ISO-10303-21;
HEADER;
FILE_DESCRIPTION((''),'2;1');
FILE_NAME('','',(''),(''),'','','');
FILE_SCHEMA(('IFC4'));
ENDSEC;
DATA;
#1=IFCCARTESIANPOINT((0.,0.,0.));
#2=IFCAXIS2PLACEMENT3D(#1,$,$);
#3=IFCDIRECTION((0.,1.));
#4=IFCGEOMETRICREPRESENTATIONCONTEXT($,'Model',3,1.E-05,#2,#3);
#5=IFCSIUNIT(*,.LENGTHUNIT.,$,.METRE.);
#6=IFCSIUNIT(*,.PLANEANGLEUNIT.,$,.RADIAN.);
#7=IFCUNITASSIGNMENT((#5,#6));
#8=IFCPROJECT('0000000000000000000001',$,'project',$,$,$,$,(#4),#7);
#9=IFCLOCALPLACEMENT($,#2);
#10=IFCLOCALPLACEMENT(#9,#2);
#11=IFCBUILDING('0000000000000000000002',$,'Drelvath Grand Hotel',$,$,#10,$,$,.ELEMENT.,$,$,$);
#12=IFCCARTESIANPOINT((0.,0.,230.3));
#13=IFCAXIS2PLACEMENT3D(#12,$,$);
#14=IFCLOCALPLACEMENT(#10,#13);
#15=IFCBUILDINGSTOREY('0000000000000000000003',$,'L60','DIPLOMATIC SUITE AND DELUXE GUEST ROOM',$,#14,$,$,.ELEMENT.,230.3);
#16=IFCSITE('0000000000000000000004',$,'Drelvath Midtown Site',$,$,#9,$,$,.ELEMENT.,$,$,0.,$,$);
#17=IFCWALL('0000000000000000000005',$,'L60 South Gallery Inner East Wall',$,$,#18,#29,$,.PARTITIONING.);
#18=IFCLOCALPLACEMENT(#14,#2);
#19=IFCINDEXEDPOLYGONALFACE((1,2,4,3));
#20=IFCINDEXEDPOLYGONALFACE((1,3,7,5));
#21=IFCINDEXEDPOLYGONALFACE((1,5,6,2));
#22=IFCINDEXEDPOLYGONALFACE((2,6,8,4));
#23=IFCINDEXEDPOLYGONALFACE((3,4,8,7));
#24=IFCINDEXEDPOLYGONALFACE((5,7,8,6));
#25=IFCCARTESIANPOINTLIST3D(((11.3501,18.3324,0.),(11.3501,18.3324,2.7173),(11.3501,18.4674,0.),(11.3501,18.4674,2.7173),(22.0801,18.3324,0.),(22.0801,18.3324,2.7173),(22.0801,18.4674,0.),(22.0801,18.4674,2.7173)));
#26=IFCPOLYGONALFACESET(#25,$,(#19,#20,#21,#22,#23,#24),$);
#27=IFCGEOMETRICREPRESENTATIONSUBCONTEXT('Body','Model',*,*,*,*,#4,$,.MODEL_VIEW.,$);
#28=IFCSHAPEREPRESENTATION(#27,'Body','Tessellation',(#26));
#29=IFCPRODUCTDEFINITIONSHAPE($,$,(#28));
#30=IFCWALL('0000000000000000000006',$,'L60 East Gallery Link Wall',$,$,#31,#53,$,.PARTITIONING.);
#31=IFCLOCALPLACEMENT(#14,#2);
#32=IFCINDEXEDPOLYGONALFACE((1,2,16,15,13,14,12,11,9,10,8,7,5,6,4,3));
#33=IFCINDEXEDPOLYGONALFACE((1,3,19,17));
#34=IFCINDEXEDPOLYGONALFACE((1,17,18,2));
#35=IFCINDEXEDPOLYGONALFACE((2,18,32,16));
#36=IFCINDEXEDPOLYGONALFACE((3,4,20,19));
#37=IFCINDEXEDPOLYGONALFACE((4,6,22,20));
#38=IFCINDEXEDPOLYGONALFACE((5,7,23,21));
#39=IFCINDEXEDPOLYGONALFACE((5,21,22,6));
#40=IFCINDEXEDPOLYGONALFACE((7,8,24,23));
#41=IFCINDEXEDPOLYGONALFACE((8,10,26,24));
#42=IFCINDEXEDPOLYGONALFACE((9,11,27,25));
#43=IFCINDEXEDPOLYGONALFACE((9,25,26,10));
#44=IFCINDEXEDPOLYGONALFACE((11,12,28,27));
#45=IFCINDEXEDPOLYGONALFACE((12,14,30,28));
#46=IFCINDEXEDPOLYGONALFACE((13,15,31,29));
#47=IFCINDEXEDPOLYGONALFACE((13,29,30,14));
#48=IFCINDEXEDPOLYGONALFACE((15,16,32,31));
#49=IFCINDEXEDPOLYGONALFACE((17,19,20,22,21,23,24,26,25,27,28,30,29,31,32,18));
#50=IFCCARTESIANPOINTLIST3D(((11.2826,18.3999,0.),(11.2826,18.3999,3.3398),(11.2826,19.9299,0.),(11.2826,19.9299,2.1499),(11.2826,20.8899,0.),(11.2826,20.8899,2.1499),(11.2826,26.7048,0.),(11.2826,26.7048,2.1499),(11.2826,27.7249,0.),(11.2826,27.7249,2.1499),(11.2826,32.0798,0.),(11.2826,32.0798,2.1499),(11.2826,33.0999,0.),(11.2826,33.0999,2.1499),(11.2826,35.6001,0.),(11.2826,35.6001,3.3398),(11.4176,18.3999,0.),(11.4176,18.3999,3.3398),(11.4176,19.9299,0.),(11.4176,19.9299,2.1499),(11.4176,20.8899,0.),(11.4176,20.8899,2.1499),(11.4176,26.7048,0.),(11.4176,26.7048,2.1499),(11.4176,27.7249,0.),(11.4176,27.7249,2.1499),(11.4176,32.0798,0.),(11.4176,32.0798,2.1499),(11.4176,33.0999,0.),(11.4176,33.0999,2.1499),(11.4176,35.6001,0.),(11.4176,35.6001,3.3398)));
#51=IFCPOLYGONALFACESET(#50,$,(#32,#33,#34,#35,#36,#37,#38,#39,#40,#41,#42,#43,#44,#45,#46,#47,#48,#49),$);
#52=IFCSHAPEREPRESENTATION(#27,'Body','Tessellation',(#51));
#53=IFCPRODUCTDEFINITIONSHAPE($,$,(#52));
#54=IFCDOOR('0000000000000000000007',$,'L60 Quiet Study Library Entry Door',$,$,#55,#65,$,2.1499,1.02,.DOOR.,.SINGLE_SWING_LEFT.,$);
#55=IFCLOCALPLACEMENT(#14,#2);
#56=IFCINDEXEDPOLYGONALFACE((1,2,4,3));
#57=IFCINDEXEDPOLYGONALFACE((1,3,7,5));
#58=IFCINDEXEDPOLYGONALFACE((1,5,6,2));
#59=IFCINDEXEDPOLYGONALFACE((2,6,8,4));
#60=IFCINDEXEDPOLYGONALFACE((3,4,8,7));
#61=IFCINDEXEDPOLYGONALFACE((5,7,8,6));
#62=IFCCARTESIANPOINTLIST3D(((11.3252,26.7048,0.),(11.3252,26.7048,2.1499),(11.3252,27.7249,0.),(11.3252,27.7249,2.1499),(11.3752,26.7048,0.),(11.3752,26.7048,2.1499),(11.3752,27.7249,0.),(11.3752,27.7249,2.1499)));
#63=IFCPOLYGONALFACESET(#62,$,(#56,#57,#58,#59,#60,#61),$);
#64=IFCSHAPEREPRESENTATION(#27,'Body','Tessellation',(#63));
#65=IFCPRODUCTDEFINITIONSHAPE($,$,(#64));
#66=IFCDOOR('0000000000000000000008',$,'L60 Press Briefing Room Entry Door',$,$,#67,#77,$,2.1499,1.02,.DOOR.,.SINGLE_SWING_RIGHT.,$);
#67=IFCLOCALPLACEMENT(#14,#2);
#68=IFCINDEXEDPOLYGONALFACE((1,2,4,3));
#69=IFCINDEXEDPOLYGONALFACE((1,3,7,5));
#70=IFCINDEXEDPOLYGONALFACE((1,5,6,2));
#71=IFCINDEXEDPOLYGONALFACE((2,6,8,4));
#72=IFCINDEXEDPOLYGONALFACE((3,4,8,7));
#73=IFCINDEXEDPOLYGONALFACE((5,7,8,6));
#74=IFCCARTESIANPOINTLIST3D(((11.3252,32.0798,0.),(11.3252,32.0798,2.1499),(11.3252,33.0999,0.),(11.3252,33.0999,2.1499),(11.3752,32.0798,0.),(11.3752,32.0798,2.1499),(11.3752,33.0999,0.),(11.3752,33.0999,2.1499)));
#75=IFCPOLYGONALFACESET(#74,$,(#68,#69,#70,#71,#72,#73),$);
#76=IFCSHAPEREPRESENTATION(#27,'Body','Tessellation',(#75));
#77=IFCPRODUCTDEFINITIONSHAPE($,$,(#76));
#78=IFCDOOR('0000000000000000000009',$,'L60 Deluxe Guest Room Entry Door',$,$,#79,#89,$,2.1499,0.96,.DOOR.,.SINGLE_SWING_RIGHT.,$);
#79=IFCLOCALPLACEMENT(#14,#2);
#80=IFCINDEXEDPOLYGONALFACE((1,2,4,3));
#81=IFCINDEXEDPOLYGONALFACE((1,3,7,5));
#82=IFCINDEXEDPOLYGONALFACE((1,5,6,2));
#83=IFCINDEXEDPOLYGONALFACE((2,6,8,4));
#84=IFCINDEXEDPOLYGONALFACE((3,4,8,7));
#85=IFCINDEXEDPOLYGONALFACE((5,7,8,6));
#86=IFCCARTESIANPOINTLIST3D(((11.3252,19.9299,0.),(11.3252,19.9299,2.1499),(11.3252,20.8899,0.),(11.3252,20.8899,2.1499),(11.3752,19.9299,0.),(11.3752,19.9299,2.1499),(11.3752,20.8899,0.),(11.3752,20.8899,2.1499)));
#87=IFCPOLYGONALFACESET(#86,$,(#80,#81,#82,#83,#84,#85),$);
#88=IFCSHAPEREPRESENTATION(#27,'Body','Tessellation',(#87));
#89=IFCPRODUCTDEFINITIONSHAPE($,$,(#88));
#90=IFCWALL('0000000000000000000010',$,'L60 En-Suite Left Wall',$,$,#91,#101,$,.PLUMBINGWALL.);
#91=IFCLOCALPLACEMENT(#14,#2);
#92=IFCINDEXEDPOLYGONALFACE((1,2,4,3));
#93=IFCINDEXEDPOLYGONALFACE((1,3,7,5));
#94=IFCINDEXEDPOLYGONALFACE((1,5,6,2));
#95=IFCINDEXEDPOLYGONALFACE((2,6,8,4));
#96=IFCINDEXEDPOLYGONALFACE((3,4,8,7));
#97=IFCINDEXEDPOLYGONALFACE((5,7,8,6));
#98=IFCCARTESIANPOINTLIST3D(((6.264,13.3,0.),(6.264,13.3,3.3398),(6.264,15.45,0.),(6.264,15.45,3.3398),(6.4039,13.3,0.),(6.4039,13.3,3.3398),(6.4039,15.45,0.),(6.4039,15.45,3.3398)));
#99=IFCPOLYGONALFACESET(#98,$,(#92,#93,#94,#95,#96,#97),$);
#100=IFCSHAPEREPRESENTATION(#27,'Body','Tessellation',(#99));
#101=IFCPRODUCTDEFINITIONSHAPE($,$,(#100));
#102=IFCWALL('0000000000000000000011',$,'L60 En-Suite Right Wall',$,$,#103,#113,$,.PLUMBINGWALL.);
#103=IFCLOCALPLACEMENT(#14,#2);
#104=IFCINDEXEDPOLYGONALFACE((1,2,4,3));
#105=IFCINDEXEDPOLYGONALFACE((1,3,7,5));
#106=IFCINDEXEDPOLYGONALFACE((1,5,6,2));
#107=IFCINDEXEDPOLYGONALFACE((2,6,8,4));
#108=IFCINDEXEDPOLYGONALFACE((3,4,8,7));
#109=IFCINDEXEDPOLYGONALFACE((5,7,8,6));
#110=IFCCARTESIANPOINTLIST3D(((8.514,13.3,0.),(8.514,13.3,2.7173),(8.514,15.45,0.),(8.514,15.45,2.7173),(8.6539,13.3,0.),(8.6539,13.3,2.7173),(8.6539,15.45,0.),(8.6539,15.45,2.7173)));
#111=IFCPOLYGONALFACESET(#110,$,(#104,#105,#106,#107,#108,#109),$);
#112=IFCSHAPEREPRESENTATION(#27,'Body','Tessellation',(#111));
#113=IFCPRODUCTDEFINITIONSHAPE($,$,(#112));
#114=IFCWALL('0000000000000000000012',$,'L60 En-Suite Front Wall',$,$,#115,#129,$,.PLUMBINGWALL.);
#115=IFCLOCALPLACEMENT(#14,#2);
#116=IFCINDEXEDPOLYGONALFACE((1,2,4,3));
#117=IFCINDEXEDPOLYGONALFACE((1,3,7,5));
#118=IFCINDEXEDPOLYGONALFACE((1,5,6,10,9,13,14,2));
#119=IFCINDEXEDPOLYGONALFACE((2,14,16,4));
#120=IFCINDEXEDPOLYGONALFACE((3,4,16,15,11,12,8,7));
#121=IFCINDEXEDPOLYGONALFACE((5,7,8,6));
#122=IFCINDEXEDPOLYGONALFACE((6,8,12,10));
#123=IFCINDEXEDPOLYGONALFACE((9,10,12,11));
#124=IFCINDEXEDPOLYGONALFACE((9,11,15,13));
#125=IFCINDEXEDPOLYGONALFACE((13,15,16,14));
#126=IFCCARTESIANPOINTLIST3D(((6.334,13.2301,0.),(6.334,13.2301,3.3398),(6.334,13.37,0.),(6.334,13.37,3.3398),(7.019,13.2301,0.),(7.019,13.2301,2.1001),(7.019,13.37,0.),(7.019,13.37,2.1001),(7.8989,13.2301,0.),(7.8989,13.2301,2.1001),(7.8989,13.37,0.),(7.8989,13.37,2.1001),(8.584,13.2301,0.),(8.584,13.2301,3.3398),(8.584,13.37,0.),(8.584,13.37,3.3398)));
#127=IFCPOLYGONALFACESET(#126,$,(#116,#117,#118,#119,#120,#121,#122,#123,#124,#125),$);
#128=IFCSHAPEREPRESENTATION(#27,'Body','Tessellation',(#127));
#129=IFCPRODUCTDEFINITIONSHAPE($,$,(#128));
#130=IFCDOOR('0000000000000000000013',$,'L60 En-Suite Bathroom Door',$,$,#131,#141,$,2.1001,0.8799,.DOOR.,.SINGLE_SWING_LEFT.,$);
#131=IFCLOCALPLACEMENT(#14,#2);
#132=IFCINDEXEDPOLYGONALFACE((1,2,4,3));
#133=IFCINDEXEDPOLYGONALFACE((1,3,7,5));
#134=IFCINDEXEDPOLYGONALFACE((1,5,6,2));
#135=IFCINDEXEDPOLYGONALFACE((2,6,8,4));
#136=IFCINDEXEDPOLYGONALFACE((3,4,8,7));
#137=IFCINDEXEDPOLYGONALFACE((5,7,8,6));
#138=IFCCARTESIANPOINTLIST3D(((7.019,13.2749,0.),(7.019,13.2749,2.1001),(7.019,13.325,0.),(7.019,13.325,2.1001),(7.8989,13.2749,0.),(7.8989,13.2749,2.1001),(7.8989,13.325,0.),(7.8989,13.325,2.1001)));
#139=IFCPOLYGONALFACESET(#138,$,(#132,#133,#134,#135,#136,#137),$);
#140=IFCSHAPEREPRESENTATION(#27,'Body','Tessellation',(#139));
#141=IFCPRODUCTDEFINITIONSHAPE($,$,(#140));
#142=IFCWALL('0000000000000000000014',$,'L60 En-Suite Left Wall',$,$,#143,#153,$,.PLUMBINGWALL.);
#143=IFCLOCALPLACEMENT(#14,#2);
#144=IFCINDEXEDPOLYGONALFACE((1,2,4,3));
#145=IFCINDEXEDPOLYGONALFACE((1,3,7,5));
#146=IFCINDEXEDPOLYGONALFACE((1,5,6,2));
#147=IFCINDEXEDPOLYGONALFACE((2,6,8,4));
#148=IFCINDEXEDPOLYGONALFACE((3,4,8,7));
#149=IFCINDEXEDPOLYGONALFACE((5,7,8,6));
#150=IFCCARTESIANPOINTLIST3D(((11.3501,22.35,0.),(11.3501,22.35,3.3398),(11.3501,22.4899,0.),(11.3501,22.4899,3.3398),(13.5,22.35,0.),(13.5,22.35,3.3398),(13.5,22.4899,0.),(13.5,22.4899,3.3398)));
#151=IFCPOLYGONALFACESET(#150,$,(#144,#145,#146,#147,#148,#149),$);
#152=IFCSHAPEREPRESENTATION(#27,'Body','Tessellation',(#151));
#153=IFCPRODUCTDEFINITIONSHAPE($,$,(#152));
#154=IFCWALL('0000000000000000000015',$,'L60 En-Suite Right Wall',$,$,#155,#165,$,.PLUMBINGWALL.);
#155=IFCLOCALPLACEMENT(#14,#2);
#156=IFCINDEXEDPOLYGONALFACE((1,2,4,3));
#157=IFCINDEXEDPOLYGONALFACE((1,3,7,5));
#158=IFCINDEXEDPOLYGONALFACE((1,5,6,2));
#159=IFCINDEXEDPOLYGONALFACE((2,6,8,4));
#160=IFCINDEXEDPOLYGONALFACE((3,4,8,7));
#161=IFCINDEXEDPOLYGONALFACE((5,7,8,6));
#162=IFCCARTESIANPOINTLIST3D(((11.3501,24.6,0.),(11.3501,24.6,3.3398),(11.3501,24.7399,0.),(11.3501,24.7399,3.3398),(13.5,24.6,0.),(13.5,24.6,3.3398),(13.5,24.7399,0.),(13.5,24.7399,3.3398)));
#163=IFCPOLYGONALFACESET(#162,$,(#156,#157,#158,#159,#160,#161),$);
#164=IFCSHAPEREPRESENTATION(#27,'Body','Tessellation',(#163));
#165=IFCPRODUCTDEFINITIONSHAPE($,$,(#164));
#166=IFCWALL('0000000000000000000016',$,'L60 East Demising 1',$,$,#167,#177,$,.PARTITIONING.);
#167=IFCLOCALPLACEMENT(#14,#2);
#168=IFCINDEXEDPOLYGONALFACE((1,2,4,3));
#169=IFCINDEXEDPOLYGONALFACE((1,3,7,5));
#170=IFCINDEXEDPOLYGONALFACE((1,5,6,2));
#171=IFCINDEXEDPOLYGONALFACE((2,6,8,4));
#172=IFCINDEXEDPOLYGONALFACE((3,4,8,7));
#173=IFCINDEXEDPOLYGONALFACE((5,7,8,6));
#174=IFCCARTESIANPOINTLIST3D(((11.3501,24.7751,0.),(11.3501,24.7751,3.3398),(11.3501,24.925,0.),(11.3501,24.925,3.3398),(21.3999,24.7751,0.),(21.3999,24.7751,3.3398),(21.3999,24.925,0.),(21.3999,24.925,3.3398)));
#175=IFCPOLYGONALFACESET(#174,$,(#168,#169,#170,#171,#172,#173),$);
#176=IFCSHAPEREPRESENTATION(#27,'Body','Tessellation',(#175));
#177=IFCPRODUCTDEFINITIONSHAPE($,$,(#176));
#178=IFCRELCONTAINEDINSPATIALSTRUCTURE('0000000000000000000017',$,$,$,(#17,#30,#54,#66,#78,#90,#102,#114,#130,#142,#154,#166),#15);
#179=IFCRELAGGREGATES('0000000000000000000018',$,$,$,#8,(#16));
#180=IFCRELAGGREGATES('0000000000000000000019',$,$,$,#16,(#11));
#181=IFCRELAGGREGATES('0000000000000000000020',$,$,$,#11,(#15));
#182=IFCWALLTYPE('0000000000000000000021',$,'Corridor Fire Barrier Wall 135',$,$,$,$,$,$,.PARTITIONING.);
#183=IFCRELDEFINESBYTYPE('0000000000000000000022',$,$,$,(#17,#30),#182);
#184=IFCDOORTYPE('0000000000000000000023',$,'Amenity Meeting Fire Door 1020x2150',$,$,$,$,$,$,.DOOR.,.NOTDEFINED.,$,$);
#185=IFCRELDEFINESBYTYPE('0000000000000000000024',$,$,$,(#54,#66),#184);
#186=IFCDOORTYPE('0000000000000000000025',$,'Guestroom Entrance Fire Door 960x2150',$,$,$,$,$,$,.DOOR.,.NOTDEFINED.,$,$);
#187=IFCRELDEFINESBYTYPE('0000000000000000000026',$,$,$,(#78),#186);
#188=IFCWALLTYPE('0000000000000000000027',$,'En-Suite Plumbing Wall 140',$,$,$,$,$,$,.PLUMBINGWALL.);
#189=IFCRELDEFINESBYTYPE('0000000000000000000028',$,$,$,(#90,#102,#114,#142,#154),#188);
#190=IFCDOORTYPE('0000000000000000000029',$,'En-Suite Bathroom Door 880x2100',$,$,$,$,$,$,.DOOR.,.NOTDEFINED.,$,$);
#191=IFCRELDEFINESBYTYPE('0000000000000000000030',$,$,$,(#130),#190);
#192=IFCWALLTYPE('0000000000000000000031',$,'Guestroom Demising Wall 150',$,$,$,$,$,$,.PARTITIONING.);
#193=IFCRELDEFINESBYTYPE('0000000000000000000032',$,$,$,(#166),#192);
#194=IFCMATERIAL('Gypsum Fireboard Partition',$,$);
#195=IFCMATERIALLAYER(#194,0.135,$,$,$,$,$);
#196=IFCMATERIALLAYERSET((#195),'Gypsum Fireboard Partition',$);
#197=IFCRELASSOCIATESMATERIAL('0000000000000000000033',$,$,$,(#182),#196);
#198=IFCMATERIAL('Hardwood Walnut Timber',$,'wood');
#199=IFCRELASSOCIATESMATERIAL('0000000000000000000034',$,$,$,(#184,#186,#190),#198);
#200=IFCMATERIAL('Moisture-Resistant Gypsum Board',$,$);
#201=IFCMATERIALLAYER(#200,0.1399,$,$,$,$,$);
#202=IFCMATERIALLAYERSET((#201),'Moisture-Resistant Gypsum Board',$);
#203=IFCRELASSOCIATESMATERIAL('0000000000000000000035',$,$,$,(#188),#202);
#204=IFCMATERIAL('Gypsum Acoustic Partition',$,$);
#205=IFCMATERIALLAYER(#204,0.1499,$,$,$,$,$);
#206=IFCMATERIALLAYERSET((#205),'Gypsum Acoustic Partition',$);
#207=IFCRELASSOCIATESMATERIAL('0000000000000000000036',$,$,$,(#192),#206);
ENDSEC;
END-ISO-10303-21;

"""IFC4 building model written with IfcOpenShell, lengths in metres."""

from ifc_helpers import new_model, si_unit, direction, frame, frame_2d, origin, place, context, subcontext, project, spatial, rectangle, extrude, material, layer, layer_set, type_object, element, fill, save


model = new_model("IFC4")

# Units and contexts
model_context = context("Model", 3, precision=1e-05, world=origin(), true_north=direction((0.0, 1.0)))
body_context = subcontext(model_context, "Body", "Model", "MODEL_VIEW")
ifc_project = project(units=[si_unit("LENGTHUNIT", "METRE"), si_unit("PLANEANGLEUNIT", "RADIAN")], contexts=[model_context])

# Site, building, storey
site_placement = place(None, origin())
site = spatial("IfcSite", under=ifc_project, at=site_placement, Name="Drelvath Midtown Site", CompositionType="ELEMENT", RefElevation=0.0)
building_placement = place(site_placement, origin())
building = spatial("IfcBuilding", under=site, at=building_placement, Name="Drelvath Grand Hotel", CompositionType="ELEMENT")
storey_placement = place(building_placement, frame((0.0, 0.0, 230.3)))
storey = spatial("IfcBuildingStorey", under=building, at=storey_placement, Name="L60", Description="DIPLOMATIC SUITE AND DELUXE GUEST ROOM", CompositionType="ELEMENT", Elevation=230.3)

# Wall
ifc_material_1 = material(Name="Gypsum Fireboard Partition")
ifc_layer_1 = layer(ifc_material_1, 0.135)
ifc_layer_set_1 = layer_set([ifc_layer_1], Name="Gypsum Fireboard Partition")
wall_type_1 = type_object("IfcWallType", Name="Corridor Fire Barrier Wall 135", PredefinedType="PARTITIONING", material=ifc_layer_set_1)
wall_1_placement = place(storey_placement, frame((11.3501, 18.3999, 0.0), z_axis=(0.0, 0.0, 1.0), x_axis=(1.0, 0.0, 0.0)))
element("IfcWall", 1, at=wall_1_placement, inside=storey, type_object=wall_type_1, Name="L60 South Gallery Inner East Wall", PredefinedType="PARTITIONING", context=body_context, shape_type="SweptSolid", body=[
    extrude(rectangle(XDim=10.73, YDim=0.135, at=frame_2d((5.365, 0.0))), origin(), (0.0, 0.0, 1.0), 2.7173),
])

# Wall, openings, doors
wall_2_placement = place(storey_placement, frame((11.3501, 18.3999, 0.0), z_axis=(0.0, 0.0, 1.0), x_axis=(0.0, 1.0, 0.0)))
wall_2 = element("IfcWall", 2, at=wall_2_placement, inside=storey, type_object=wall_type_1, Name="L60 East Gallery Link Wall", PredefinedType="PARTITIONING", context=body_context, shape_type="SweptSolid", body=[
    extrude(rectangle(XDim=17.2002, YDim=0.135, at=frame_2d((8.6001, 0.0))), origin(), (0.0, 0.0, 1.0), 3.3398),
])
opening_1_placement = place(wall_2_placement, frame((1.53, 0.0, 0.0)))
opening_1 = element("IfcOpeningElement", 3, at=opening_1_placement, cuts=wall_2, PredefinedType="OPENING", context=body_context, shape_type="SweptSolid", body=[
    extrude(rectangle(XDim=0.96, YDim=2.1499, at=frame_2d((0.48, 1.075))), frame((0.0, 0.0774, 0.0), z_axis=(0.0, -1.0, 0.0), x_axis=(1.0, 0.0, 0.0)), (0.0, 0.0, 1.0), 0.155),
])
opening_2_placement = place(wall_2_placement, frame((8.3049, 0.0, 0.0)))
opening_2 = element("IfcOpeningElement", 4, at=opening_2_placement, cuts=wall_2, PredefinedType="OPENING", context=body_context, shape_type="SweptSolid", body=[
    extrude(rectangle(XDim=1.02, YDim=2.1499, at=frame_2d((0.51, 1.075))), frame((0.0, 0.0774, 0.0), z_axis=(0.0, -1.0, 0.0), x_axis=(1.0, 0.0, 0.0)), (0.0, 0.0, 1.0), 0.155),
])
opening_3_placement = place(wall_2_placement, frame((13.6799, 0.0, 0.0)))
opening_3 = element("IfcOpeningElement", 5, at=opening_3_placement, cuts=wall_2, PredefinedType="OPENING", context=body_context, shape_type="SweptSolid", body=[
    extrude(rectangle(XDim=1.02, YDim=2.1499, at=frame_2d((0.51, 1.075))), frame((0.0, 0.0774, 0.0), z_axis=(0.0, -1.0, 0.0), x_axis=(1.0, 0.0, 0.0)), (0.0, 0.0, 1.0), 0.155),
])
ifc_material_2 = material(Name="Hardwood Walnut Timber", Category="wood")
door_type_1 = type_object("IfcDoorType", Name="Amenity Meeting Fire Door 1020x2150", OperationType="NOTDEFINED", PredefinedType="DOOR", material=ifc_material_2)
door_1_placement = place(opening_2_placement, origin())
door_1 = element("IfcDoor", 6, at=door_1_placement, inside=storey, type_object=door_type_1, Name="L60 Quiet Study Library Entry Door", OperationType="SINGLE_SWING_LEFT", OverallHeight=2.1499, OverallWidth=1.02, PredefinedType="DOOR", context=body_context, shape_type="SweptSolid", body=[
    extrude(rectangle(XDim=1.02, YDim=2.1499, at=frame_2d((0.51, 1.075))), frame((0.0, 0.0249, 0.0), z_axis=(0.0, -1.0, 0.0), x_axis=(1.0, 0.0, 0.0)), (0.0, 0.0, 1.0), 0.05),
])
fill(opening_2, door_1)
door_2_placement = place(opening_3_placement, origin())
door_2 = element("IfcDoor", 7, at=door_2_placement, inside=storey, type_object=door_type_1, Name="L60 Press Briefing Room Entry Door", OperationType="SINGLE_SWING_RIGHT", OverallHeight=2.1499, OverallWidth=1.02, PredefinedType="DOOR", context=body_context, shape_type="SweptSolid", body=[
    extrude(rectangle(XDim=1.02, YDim=2.1499, at=frame_2d((0.51, 1.075))), frame((0.0, 0.0249, 0.0), z_axis=(0.0, -1.0, 0.0), x_axis=(1.0, 0.0, 0.0)), (0.0, 0.0, 1.0), 0.05),
])
fill(opening_3, door_2)
door_type_2 = type_object("IfcDoorType", Name="Guestroom Entrance Fire Door 960x2150", OperationType="NOTDEFINED", PredefinedType="DOOR", material=ifc_material_2)
door_3_placement = place(opening_1_placement, origin())
door_3 = element("IfcDoor", 8, at=door_3_placement, inside=storey, type_object=door_type_2, Name="L60 Deluxe Guest Room Entry Door", OperationType="SINGLE_SWING_RIGHT", OverallHeight=2.1499, OverallWidth=0.96, PredefinedType="DOOR", context=body_context, shape_type="SweptSolid", body=[
    extrude(rectangle(XDim=0.96, YDim=2.1499, at=frame_2d((0.48, 1.075))), frame((0.0, 0.0249, 0.0), z_axis=(0.0, -1.0, 0.0), x_axis=(1.0, 0.0, 0.0)), (0.0, 0.0, 1.0), 0.05),
])
fill(opening_1, door_3)

# Walls
ifc_material_3 = material(Name="Moisture-Resistant Gypsum Board")
ifc_layer_2 = layer(ifc_material_3, 0.1399)
ifc_layer_set_2 = layer_set([ifc_layer_2], Name="Moisture-Resistant Gypsum Board")
wall_type_2 = type_object("IfcWallType", Name="En-Suite Plumbing Wall 140", PredefinedType="PLUMBINGWALL", material=ifc_layer_set_2)
wall_3_placement = place(storey_placement, frame((6.334, 15.45, 0.0), z_axis=(0.0, 0.0, 1.0), x_axis=(0.0, -1.0, 0.0)))
element("IfcWall", 9, at=wall_3_placement, inside=storey, type_object=wall_type_2, Name="L60 En-Suite Left Wall", PredefinedType="PLUMBINGWALL", context=body_context, shape_type="SweptSolid", body=[
    extrude(rectangle(XDim=2.1499, YDim=0.1399, at=frame_2d((1.075, 0.0))), origin(), (0.0, 0.0, 1.0), 3.3398),
])
wall_4_placement = place(storey_placement, frame((8.584, 15.45, 0.0), z_axis=(0.0, 0.0, 1.0), x_axis=(0.0, -1.0, 0.0)))
element("IfcWall", 10, at=wall_4_placement, inside=storey, type_object=wall_type_2, Name="L60 En-Suite Right Wall", PredefinedType="PLUMBINGWALL", context=body_context, shape_type="SweptSolid", body=[
    extrude(rectangle(XDim=2.1499, YDim=0.1399, at=frame_2d((1.075, 0.0))), origin(), (0.0, 0.0, 1.0), 2.7173),
])

# Wall, opening, door
wall_5_placement = place(storey_placement, frame((6.334, 13.3, 0.0), z_axis=(0.0, 0.0, 1.0), x_axis=(1.0, 0.0, 0.0)))
wall_5 = element("IfcWall", 11, at=wall_5_placement, inside=storey, type_object=wall_type_2, Name="L60 En-Suite Front Wall", PredefinedType="PLUMBINGWALL", context=body_context, shape_type="SweptSolid", body=[
    extrude(rectangle(XDim=2.25, YDim=0.1399, at=frame_2d((1.125, 0.0))), origin(), (0.0, 0.0, 1.0), 3.3398),
])
opening_4_placement = place(wall_5_placement, frame((0.6851, 0.0, 0.0)))
opening_4 = element("IfcOpeningElement", 12, at=opening_4_placement, cuts=wall_5, PredefinedType="OPENING", context=body_context, shape_type="SweptSolid", body=[
    extrude(rectangle(XDim=0.8799, YDim=2.1001, at=frame_2d((0.4399, 1.05))), frame((0.0, 0.0798, 0.0), z_axis=(0.0, -1.0, 0.0), x_axis=(1.0, 0.0, 0.0)), (0.0, 0.0, 1.0), 0.1599),
])
door_type_3 = type_object("IfcDoorType", Name="En-Suite Bathroom Door 880x2100", OperationType="NOTDEFINED", PredefinedType="DOOR", material=ifc_material_2)
door_4_placement = place(opening_4_placement, origin())
door_4 = element("IfcDoor", 13, at=door_4_placement, inside=storey, type_object=door_type_3, Name="L60 En-Suite Bathroom Door", OperationType="SINGLE_SWING_LEFT", OverallHeight=2.1001, OverallWidth=0.8799, PredefinedType="DOOR", context=body_context, shape_type="SweptSolid", body=[
    extrude(rectangle(XDim=0.8799, YDim=2.1001, at=frame_2d((0.4399, 1.05))), frame((0.0, 0.0249, 0.0), z_axis=(0.0, -1.0, 0.0), x_axis=(1.0, 0.0, 0.0)), (0.0, 0.0, 1.0), 0.05),
])
fill(opening_4, door_4)

# Walls
for number, where, z_axis, x_axis, name in (
    (14, (11.3501, 22.4199, 0.0), (0.0, 0.0, 1.0), (1.0, 0.0, 0.0), "L60 En-Suite Left Wall"),
    (15, (11.3501, 24.6699, 0.0), (0.0, 0.0, 1.0), (1.0, 0.0, 0.0), "L60 En-Suite Right Wall"),
):
    element("IfcWall", number, at=place(storey_placement, frame(where, z_axis=z_axis, x_axis=x_axis)), inside=storey, type_object=wall_type_2, Name=name, PredefinedType="PLUMBINGWALL", context=body_context, shape_type="SweptSolid", body=[
        extrude(rectangle(XDim=2.1499, YDim=0.1399, at=frame_2d((1.075, 0.0))), origin(), (0.0, 0.0, 1.0), 3.3398),
    ])
ifc_material_4 = material(Name="Gypsum Acoustic Partition")
ifc_layer_3 = layer(ifc_material_4, 0.1499)
ifc_layer_set_3 = layer_set([ifc_layer_3], Name="Gypsum Acoustic Partition")
wall_type_3 = type_object("IfcWallType", Name="Guestroom Demising Wall 150", PredefinedType="PARTITIONING", material=ifc_layer_set_3)
wall_6_placement = place(storey_placement, frame((11.3501, 24.8501, 0.0), z_axis=(0.0, 0.0, 1.0), x_axis=(1.0, 0.0, 0.0)))
element("IfcWall", 16, at=wall_6_placement, inside=storey, type_object=wall_type_3, Name="L60 East Demising 1", PredefinedType="PARTITIONING", context=body_context, shape_type="SweptSolid", body=[
    extrude(rectangle(XDim=10.0498, YDim=0.1499, at=frame_2d((5.0249, 0.0))), origin(), (0.0, 0.0, 1.0), 3.3398),
])

save(model, "model.ifc")
